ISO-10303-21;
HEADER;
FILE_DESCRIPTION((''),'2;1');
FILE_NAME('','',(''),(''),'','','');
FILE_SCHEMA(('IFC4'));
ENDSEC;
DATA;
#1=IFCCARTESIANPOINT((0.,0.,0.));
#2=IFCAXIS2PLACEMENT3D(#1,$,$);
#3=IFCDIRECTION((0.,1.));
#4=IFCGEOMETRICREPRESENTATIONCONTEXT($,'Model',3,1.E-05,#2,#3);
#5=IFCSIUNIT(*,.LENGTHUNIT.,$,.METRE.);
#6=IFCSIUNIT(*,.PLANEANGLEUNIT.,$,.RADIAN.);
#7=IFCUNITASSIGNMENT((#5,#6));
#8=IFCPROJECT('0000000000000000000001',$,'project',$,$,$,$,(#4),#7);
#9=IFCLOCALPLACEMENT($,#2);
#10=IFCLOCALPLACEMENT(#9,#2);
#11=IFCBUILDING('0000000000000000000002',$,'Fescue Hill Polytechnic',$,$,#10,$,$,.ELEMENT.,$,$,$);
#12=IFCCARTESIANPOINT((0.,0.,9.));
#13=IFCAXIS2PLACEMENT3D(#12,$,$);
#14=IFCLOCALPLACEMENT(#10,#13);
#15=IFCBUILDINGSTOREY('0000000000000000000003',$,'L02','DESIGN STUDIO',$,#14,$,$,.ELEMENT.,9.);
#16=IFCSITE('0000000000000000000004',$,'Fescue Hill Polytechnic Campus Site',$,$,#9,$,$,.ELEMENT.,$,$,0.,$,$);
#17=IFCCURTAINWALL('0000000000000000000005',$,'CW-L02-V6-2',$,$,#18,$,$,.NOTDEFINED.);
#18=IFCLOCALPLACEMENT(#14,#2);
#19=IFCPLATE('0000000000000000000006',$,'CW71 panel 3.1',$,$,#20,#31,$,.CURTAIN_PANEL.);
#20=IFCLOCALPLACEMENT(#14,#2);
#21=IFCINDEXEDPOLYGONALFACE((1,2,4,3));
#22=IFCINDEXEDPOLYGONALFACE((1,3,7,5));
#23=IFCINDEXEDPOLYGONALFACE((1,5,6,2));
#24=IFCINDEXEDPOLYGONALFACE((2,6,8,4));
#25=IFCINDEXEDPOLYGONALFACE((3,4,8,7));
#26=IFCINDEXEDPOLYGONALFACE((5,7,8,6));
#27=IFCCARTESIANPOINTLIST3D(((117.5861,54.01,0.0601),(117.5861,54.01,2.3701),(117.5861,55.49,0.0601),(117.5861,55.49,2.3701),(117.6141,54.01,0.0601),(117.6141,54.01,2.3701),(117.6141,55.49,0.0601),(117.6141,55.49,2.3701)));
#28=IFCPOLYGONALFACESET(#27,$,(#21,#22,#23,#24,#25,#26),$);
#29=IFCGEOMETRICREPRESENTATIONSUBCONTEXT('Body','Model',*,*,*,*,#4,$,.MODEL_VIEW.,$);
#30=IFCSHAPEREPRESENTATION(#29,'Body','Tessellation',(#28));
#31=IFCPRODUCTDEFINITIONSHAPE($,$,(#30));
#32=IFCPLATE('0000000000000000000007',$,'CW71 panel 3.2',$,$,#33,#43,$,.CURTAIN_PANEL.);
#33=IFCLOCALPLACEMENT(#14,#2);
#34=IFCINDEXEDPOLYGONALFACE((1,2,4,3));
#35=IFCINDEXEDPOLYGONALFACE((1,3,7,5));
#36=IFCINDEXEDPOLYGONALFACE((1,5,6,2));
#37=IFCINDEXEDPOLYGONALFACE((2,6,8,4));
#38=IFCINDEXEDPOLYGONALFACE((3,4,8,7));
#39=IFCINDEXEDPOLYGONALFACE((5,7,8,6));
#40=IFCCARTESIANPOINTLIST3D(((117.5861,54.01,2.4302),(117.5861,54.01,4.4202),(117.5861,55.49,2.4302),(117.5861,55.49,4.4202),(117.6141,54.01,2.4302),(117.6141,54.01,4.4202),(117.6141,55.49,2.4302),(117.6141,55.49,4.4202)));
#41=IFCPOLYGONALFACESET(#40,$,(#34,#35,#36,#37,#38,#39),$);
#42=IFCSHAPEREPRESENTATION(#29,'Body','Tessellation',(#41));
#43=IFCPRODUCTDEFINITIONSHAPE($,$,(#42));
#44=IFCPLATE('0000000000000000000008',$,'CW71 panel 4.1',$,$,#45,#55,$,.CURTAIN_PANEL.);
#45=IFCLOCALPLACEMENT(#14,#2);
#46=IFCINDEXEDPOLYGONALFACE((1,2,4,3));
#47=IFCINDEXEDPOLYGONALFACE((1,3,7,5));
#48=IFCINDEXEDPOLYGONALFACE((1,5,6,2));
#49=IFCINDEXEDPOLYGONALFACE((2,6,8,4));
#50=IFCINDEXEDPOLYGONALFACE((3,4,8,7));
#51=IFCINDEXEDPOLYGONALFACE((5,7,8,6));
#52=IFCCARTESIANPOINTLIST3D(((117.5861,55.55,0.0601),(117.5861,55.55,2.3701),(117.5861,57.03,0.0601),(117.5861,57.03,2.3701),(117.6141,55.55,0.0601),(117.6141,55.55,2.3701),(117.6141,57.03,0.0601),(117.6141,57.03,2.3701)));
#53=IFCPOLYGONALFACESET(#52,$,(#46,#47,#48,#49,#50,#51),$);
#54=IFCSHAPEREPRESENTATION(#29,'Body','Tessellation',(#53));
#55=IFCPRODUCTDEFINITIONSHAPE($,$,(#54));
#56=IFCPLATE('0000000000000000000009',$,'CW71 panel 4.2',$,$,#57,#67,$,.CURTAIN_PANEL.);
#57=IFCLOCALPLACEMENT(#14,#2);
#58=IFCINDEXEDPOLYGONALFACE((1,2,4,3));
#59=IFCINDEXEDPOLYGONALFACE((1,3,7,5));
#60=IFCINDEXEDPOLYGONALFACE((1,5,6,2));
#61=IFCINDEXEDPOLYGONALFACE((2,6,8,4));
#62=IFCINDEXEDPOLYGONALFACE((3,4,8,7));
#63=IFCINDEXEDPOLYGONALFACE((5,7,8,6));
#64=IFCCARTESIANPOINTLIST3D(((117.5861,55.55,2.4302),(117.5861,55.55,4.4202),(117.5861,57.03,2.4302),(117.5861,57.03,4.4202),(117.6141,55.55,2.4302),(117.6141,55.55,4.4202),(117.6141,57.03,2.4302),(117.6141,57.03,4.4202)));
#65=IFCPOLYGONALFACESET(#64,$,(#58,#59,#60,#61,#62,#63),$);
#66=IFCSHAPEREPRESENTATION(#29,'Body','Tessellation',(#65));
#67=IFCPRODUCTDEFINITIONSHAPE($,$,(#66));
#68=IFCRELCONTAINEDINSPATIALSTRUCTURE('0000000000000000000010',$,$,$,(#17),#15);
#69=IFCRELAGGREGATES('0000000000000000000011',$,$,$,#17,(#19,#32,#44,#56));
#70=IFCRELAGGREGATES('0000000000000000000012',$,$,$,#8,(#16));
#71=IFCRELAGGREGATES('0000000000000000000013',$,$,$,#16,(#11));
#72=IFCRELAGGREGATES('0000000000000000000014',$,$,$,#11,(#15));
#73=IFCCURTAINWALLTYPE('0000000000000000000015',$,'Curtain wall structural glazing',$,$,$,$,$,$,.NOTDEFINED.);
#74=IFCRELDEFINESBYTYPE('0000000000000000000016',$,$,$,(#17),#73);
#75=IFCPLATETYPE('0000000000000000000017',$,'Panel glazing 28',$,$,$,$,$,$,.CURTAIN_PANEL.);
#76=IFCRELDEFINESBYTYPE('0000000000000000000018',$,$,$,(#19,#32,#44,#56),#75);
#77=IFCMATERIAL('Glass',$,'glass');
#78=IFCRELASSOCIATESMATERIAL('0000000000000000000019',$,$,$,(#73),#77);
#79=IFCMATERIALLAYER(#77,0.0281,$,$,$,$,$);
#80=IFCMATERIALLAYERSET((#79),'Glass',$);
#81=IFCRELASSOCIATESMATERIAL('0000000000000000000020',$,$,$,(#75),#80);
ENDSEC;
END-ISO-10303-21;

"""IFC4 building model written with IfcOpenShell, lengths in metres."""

from ifc_helpers import new_model, si_unit, direction, frame, origin, origin_2d, place, context, subcontext, project, spatial, rectangle, extrude, material, layer, layer_set, type_object, element, aggregate, save


model = new_model("IFC4")

# Units and contexts
model_context = context("Model", 3, precision=1e-05, world=origin(), true_north=direction((0.0, 1.0)))
body_context = subcontext(model_context, "Body", "Model", "MODEL_VIEW")
ifc_project = project(units=[si_unit("LENGTHUNIT", "METRE"), si_unit("PLANEANGLEUNIT", "RADIAN")], contexts=[model_context])

# Site, building, storey
site_placement = place(None, origin())
site = spatial("IfcSite", under=ifc_project, at=site_placement, Name="Fescue Hill Polytechnic Campus Site", CompositionType="ELEMENT", RefElevation=0.0)
building_placement = place(site_placement, origin())
building = spatial("IfcBuilding", under=site, at=building_placement, Name="Fescue Hill Polytechnic", CompositionType="ELEMENT")
storey_placement = place(building_placement, frame((0.0, 0.0, 9.0)))
storey = spatial("IfcBuildingStorey", under=building, at=storey_placement, Name="L02", Description="DESIGN STUDIO", CompositionType="ELEMENT", Elevation=9.0)

# Curtain wall, plates
ifc_material_1 = material(Name="Glass", Category="glass")
curtain_wall_type = type_object("IfcCurtainWallType", Name="Curtain wall structural glazing", PredefinedType="NOTDEFINED", material=ifc_material_1)
curtain_wall_placement = place(storey_placement, origin())
curtain_wall = element("IfcCurtainWall", 1, at=curtain_wall_placement, inside=storey, type_object=curtain_wall_type, Name="CW-L02-V6-2", PredefinedType="NOTDEFINED")
ifc_layer = layer(ifc_material_1, 0.0281)
ifc_layer_set = layer_set([ifc_layer], Name="Glass")
plate_type = type_object("IfcPlateType", Name="Panel glazing 28", PredefinedType="CURTAIN_PANEL", material=ifc_layer_set)
plate_1_placement = place(storey_placement, frame((117.6001, 54.75, 0.0601), z_axis=(0.0, 0.0, 1.0), x_axis=(0.0, 1.0, 0.0)))
plate_1 = element("IfcPlate", 2, at=plate_1_placement, type_object=plate_type, Name="CW71 panel 3.1", PredefinedType="CURTAIN_PANEL", context=body_context, shape_type="SweptSolid", body=[
    extrude(rectangle(XDim=1.48, YDim=0.0281, at=origin_2d()), origin(), (0.0, 0.0, 1.0), 2.3101),
])
plate_2_placement = place(storey_placement, frame((117.6001, 54.75, 2.4302), z_axis=(0.0, 0.0, 1.0), x_axis=(0.0, 1.0, 0.0)))
plate_2 = element("IfcPlate", 3, at=plate_2_placement, type_object=plate_type, Name="CW71 panel 3.2", PredefinedType="CURTAIN_PANEL", context=body_context, shape_type="SweptSolid", body=[
    extrude(rectangle(XDim=1.48, YDim=0.0281, at=origin_2d()), origin(), (0.0, 0.0, 1.0), 1.99),
])
plate_3_placement = place(storey_placement, frame((117.6001, 56.29, 0.0601), z_axis=(0.0, 0.0, 1.0), x_axis=(0.0, 1.0, 0.0)))
plate_3 = element("IfcPlate", 4, at=plate_3_placement, type_object=plate_type, Name="CW71 panel 4.1", PredefinedType="CURTAIN_PANEL", context=body_context, shape_type="SweptSolid", body=[
    extrude(rectangle(XDim=1.48, YDim=0.0281, at=origin_2d()), origin(), (0.0, 0.0, 1.0), 2.3101),
])
plate_4_placement = place(storey_placement, frame((117.6001, 56.29, 2.4302), z_axis=(0.0, 0.0, 1.0), x_axis=(0.0, 1.0, 0.0)))
plate_4 = element("IfcPlate", 5, at=plate_4_placement, type_object=plate_type, Name="CW71 panel 4.2", PredefinedType="CURTAIN_PANEL", context=body_context, shape_type="SweptSolid", body=[
    extrude(rectangle(XDim=1.48, YDim=0.0281, at=origin_2d()), origin(), (0.0, 0.0, 1.0), 1.99),
])
aggregate(curtain_wall, [plate_1, plate_2, plate_3, plate_4])

save(model, "model.ifc")
